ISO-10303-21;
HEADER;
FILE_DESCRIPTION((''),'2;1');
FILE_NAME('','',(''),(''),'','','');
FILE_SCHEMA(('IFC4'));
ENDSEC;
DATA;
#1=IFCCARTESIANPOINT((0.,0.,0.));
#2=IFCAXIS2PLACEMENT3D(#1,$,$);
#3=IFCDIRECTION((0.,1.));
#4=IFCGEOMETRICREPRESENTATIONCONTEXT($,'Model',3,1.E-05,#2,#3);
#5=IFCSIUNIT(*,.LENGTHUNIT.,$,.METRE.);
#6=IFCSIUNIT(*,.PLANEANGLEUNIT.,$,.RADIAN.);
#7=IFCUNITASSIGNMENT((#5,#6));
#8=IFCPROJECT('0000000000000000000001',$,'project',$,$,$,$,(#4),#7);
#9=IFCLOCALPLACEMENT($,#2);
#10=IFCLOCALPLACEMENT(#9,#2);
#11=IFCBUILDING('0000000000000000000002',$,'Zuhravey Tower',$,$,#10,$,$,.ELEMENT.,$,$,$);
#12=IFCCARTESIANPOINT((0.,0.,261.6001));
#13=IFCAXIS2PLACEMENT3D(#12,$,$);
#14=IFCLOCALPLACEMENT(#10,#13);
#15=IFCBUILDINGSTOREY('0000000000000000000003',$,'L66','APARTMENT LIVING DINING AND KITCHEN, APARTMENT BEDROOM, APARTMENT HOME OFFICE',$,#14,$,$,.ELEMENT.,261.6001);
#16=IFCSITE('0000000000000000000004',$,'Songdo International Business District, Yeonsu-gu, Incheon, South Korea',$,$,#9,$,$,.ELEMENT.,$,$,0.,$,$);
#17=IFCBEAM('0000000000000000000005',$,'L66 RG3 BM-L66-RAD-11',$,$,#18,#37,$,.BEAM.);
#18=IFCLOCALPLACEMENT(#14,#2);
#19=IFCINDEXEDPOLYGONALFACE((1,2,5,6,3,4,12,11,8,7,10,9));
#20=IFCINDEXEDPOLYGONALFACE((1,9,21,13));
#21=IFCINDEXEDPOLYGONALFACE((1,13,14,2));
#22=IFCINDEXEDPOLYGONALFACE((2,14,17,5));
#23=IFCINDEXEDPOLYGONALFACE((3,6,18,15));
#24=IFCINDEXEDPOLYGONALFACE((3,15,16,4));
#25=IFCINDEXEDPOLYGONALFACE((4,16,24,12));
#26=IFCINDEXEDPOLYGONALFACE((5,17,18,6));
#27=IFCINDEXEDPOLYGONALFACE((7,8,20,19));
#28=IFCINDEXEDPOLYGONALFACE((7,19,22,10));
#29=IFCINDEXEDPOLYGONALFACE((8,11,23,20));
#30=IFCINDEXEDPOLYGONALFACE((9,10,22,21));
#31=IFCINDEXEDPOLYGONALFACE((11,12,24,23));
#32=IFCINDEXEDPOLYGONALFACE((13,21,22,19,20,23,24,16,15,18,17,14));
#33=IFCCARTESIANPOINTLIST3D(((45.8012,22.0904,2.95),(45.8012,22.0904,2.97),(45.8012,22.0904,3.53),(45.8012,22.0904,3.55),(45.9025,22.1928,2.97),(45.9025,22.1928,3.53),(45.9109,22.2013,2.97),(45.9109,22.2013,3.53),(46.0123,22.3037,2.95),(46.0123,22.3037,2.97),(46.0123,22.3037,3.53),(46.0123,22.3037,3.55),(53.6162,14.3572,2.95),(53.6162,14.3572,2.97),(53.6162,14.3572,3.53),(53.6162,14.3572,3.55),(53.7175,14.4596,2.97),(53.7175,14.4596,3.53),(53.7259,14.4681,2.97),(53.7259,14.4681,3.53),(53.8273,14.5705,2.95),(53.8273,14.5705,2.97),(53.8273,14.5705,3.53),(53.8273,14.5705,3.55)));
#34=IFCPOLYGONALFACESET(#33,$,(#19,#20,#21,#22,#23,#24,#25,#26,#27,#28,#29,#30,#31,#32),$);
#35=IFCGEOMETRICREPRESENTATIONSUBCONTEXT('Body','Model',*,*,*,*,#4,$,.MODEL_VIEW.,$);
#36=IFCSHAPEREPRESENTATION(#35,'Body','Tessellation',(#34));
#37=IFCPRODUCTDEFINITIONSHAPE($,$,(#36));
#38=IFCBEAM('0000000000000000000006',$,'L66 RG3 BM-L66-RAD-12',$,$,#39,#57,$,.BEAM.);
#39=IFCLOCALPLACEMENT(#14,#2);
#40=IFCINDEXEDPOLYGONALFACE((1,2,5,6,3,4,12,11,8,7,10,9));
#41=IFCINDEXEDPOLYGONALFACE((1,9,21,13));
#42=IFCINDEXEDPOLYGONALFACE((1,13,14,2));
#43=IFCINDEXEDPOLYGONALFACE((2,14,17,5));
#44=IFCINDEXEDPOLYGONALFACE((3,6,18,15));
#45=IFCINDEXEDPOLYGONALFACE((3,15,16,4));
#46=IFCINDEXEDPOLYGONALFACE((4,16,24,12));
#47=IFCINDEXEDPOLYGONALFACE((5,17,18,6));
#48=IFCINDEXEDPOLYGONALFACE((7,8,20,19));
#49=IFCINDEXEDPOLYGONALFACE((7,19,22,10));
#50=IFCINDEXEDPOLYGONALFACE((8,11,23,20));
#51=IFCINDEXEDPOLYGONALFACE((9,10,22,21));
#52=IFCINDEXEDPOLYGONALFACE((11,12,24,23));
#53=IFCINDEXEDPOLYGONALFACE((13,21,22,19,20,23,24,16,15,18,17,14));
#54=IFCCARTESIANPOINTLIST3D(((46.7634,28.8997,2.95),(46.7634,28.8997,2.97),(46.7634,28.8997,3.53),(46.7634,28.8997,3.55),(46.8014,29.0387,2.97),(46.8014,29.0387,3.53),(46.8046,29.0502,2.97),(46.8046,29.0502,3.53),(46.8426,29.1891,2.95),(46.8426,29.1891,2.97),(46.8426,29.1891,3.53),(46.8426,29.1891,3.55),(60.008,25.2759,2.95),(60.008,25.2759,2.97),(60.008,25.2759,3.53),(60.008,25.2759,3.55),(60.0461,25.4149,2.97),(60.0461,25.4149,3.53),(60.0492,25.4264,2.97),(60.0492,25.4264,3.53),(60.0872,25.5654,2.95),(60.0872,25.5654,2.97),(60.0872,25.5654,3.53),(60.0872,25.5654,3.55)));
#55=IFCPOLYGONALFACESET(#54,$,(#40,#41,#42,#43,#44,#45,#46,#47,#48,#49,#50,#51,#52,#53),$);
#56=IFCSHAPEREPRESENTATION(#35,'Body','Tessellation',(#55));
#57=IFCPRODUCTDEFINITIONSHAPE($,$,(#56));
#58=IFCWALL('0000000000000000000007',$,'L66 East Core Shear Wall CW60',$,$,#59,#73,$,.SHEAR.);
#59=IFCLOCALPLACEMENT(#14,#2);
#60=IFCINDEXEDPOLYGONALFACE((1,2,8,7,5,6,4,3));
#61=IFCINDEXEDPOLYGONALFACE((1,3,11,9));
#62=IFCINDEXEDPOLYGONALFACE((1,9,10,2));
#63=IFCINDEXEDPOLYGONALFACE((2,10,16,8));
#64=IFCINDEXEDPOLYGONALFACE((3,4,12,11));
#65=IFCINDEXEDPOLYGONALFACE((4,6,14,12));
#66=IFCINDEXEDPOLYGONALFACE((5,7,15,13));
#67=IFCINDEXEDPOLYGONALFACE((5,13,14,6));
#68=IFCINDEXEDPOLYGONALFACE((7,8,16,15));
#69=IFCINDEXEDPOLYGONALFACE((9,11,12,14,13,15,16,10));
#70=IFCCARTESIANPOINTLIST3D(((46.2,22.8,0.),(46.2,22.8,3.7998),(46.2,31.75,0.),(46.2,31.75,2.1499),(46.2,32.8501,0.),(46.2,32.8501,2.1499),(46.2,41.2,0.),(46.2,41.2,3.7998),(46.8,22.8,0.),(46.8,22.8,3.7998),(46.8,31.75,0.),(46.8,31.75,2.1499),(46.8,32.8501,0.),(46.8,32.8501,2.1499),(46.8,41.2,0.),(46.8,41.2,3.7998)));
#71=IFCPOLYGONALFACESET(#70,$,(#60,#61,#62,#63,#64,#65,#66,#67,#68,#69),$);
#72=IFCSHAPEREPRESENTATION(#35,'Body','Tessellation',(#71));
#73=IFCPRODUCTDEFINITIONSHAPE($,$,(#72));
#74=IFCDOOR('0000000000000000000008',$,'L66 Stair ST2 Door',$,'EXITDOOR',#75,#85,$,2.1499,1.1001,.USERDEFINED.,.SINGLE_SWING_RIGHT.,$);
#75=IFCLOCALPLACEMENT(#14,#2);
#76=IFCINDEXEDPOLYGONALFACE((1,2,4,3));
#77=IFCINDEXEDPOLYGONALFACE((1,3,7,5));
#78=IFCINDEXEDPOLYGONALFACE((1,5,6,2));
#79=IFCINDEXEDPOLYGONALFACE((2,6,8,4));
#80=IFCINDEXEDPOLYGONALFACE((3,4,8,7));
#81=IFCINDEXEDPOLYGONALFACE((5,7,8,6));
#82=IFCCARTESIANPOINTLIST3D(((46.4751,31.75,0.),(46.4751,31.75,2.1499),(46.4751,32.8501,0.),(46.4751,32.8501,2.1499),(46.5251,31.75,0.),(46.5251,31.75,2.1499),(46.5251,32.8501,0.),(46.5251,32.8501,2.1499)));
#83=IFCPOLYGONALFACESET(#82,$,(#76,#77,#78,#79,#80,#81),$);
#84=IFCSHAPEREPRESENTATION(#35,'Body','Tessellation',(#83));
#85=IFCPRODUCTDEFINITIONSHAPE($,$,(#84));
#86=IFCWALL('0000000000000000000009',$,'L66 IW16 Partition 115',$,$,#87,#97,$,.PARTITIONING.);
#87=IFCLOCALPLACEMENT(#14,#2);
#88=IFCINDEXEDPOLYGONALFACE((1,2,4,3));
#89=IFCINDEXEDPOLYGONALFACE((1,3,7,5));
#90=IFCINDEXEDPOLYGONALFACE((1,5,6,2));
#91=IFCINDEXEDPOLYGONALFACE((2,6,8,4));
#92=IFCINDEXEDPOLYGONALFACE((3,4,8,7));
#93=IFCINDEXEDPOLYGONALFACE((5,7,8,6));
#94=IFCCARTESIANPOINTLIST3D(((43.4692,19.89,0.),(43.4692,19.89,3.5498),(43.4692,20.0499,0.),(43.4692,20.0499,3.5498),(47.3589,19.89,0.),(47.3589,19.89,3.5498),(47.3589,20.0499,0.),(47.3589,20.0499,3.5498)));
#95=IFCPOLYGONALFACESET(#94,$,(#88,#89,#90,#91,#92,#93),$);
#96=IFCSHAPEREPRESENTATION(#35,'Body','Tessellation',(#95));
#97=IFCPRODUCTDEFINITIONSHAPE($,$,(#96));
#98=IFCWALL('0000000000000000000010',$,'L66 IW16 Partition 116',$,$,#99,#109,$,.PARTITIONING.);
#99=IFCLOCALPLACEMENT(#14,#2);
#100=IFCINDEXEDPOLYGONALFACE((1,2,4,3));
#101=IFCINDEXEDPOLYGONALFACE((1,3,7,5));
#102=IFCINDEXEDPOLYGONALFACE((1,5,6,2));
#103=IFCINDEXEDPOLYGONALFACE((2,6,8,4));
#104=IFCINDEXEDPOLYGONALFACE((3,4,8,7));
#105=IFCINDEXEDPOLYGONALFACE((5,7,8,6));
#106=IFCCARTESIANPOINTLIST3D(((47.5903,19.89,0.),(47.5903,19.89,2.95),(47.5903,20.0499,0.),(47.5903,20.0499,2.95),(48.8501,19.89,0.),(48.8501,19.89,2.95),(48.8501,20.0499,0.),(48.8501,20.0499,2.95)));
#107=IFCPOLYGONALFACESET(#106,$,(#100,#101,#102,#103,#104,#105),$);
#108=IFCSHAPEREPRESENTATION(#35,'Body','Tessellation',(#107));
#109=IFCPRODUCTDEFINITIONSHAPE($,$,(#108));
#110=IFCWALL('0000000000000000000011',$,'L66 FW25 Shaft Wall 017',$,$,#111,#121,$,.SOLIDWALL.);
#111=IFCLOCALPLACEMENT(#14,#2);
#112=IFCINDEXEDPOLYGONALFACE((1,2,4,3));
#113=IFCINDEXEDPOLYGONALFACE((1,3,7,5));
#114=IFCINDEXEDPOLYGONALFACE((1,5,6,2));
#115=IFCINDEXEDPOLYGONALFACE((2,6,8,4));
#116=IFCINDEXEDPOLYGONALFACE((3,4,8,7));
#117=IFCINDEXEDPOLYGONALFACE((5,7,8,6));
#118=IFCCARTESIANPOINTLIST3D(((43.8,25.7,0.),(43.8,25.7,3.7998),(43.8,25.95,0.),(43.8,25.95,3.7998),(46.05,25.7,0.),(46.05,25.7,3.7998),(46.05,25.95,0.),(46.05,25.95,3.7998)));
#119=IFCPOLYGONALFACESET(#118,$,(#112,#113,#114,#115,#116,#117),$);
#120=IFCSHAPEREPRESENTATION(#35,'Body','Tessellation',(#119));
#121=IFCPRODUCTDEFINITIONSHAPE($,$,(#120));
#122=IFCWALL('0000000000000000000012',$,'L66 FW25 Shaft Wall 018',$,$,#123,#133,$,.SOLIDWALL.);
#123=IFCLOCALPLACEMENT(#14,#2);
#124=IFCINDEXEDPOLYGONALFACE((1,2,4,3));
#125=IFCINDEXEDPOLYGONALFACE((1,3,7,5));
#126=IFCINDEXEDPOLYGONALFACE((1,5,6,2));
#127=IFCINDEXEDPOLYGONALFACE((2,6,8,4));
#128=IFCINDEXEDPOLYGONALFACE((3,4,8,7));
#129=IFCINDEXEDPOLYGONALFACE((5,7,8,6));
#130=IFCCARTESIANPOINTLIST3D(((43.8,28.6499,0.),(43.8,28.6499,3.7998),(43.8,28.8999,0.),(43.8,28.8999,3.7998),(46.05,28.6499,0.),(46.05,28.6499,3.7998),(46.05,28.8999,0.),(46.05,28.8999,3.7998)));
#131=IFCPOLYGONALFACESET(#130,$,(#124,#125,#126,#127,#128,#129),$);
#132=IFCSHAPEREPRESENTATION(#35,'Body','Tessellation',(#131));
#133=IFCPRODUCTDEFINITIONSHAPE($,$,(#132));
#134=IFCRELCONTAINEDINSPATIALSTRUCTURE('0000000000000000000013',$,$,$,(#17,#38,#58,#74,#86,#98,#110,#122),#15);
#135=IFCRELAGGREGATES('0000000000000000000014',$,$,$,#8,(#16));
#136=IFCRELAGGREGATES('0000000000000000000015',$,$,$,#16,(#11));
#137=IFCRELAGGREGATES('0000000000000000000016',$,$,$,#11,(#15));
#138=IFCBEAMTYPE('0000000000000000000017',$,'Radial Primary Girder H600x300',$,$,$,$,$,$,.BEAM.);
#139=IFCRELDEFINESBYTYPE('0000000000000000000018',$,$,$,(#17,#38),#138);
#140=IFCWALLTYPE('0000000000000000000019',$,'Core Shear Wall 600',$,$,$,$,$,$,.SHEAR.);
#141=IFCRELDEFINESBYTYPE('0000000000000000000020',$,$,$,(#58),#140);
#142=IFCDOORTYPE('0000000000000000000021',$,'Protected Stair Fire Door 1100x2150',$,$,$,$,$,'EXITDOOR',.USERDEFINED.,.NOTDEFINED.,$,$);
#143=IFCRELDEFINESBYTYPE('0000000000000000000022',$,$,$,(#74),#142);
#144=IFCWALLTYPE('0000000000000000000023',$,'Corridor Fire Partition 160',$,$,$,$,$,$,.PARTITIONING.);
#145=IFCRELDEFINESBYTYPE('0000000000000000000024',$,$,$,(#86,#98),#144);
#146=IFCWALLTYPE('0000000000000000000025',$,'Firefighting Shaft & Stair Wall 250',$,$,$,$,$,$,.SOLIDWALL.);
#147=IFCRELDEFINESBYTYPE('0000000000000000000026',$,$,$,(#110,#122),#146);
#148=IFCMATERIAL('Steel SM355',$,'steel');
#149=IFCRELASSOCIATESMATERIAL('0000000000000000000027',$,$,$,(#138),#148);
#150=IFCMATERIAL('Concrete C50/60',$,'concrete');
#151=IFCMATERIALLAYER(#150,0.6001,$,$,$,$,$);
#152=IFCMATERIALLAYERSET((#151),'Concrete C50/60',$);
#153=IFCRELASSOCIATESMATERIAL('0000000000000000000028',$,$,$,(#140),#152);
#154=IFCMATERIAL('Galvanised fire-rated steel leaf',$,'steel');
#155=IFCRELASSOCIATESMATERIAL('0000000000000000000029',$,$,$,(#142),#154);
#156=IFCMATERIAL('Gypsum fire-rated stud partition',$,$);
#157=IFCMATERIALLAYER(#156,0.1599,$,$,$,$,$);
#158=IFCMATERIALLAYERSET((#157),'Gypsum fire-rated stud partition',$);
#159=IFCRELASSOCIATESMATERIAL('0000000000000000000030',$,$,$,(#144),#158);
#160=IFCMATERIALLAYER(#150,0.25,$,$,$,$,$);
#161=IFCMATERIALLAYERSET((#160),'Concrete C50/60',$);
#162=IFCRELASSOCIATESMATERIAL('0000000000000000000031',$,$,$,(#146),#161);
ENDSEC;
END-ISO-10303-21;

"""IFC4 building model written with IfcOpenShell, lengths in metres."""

from ifc_helpers import new_model, si_unit, direction, frame, frame_2d, origin, origin_2d, place, context, subcontext, project, spatial, rectangle, i_section, extrude, material, layer, layer_set, material_profile, profile_set, type_object, element, fill, save


model = new_model("IFC4")

# Units and contexts
model_context = context("Model", 3, precision=1e-05, world=origin(), true_north=direction((0.0, 1.0)))
body_context = subcontext(model_context, "Body", "Model", "MODEL_VIEW")
ifc_project = project(units=[si_unit("LENGTHUNIT", "METRE"), si_unit("PLANEANGLEUNIT", "RADIAN")], contexts=[model_context])

# Site, building, storey
site_placement = place(None, origin())
site = spatial("IfcSite", under=ifc_project, at=site_placement, Name="Songdo International Business District, Yeonsu-gu, Incheon, South Korea", CompositionType="ELEMENT", RefElevation=0.0)
building_placement = place(site_placement, origin())
building = spatial("IfcBuilding", under=site, at=building_placement, Name="Zuhravey Tower", CompositionType="ELEMENT")
storey_placement = place(building_placement, frame((0.0, 0.0, 261.6001)))
storey = spatial("IfcBuildingStorey", under=building, at=storey_placement, Name="L66", Description="APARTMENT LIVING DINING AND KITCHEN, APARTMENT BEDROOM, APARTMENT HOME OFFICE", CompositionType="ELEMENT", Elevation=261.6001)

# Beams
ifc_material_1 = material(Name="Steel SM355", Category="steel")
ifc_material_profile = material_profile(ifc_material_1, i_section(OverallWidth=0.3, OverallDepth=0.6001, WebThickness=0.012, FlangeThickness=0.02, at=origin_2d()), Name="H-600x300x12x20")
ifc_profile_set = profile_set([ifc_material_profile], Name="Steel SM355")
beam_type = type_object("IfcBeamType", Name="Radial Primary Girder H600x300", PredefinedType="BEAM", material=ifc_profile_set)
beam_1_placement = place(storey_placement, frame((45.9067, 22.197, 3.25), z_axis=(0.710817, -0.703377, 0.0), x_axis=(0.703377, 0.710817, 0.0)))
element("IfcBeam", 1, at=beam_1_placement, inside=storey, type_object=beam_type, Name="L66 RG3 BM-L66-RAD-11", PredefinedType="BEAM", context=body_context, shape_type="SweptSolid", body=[
    extrude(i_section(OverallWidth=0.3, OverallDepth=0.6001, WebThickness=0.012, FlangeThickness=0.02, at=origin_2d()), origin(), (0.0, 0.0, 1.0), 10.9944),
])
beam_2_placement = place(storey_placement, frame((46.803, 29.0444, 3.25), z_axis=(0.964549, -0.263904, 0.0), x_axis=(0.263904, 0.964549, 0.0)))
element("IfcBeam", 2, at=beam_2_placement, inside=storey, type_object=beam_type, Name="L66 RG3 BM-L66-RAD-12", PredefinedType="BEAM", context=body_context, shape_type="SweptSolid", body=[
    extrude(i_section(OverallWidth=0.3, OverallDepth=0.6001, WebThickness=0.012, FlangeThickness=0.02, at=origin_2d()), origin(), (0.0, 0.0, 1.0), 13.7314),
])

# Wall, opening, door
ifc_material_2 = material(Name="Concrete C50/60", Category="concrete")
ifc_layer_1 = layer(ifc_material_2, 0.6001)
ifc_layer_set_1 = layer_set([ifc_layer_1], Name="Concrete C50/60")
wall_type_1 = type_object("IfcWallType", Name="Core Shear Wall 600", PredefinedType="SHEAR", material=ifc_layer_set_1)
wall_1_placement = place(storey_placement, frame((46.5, 22.8, 0.0), z_axis=(0.0, 0.0, 1.0), x_axis=(0.0, 1.0, 0.0)))
wall_1 = element("IfcWall", 3, at=wall_1_placement, inside=storey, type_object=wall_type_1, Name="L66 East Core Shear Wall CW60", PredefinedType="SHEAR", context=body_context, shape_type="SweptSolid", body=[
    extrude(rectangle(XDim=18.3999, YDim=0.6001, at=frame_2d((9.2, 0.0))), origin(), (0.0, 0.0, 1.0), 3.7998),
])
opening_1_placement = place(wall_1_placement, frame((8.95, 0.0, 0.0)))
opening_1 = element("IfcOpeningElement", 4, at=opening_1_placement, cuts=wall_1, PredefinedType="OPENING", context=body_context, shape_type="SweptSolid", body=[
    extrude(rectangle(XDim=1.1001, YDim=2.1499, at=frame_2d((0.55, 1.075))), frame((0.0, 0.312, 0.0), z_axis=(0.0, -1.0, 0.0), x_axis=(1.0, 0.0, 0.0)), (0.0, 0.0, 1.0), 0.624),
])
ifc_material_3 = material(Name="Galvanised fire-rated steel leaf", Category="steel")
door_type_1 = type_object("IfcDoorType", Name="Protected Stair Fire Door 1100x2150", ElementType="EXITDOOR", OperationType="NOTDEFINED", PredefinedType="USERDEFINED", material=ifc_material_3)
door_1_placement = place(opening_1_placement, origin())
door_1 = element("IfcDoor", 5, at=door_1_placement, inside=storey, type_object=door_type_1, Name="L66 Stair ST2 Door", ObjectType="EXITDOOR", OperationType="SINGLE_SWING_RIGHT", OverallHeight=2.1499, OverallWidth=1.1001, PredefinedType="USERDEFINED", context=body_context, shape_type="SweptSolid", body=[
    extrude(rectangle(XDim=1.1001, YDim=2.1499, at=frame_2d((0.55, 1.075))), frame((0.0, 0.0249, 0.0), z_axis=(0.0, -1.0, 0.0), x_axis=(1.0, 0.0, 0.0)), (0.0, 0.0, 1.0), 0.05),
])
fill(opening_1, door_1)
ifc_material_4 = material(Name="Gypsum fire-rated stud partition")
ifc_layer_2 = layer(ifc_material_4, 0.1599)
ifc_layer_set_2 = layer_set([ifc_layer_2], Name="Gypsum fire-rated stud partition")
wall_type_2 = type_object("IfcWallType", Name="Corridor Fire Partition 160", PredefinedType="PARTITIONING", material=ifc_layer_set_2)

# Walls
wall_2_placement = place(storey_placement, frame((43.4692, 19.97, 0.0), z_axis=(0.0, 0.0, 1.0), x_axis=(1.0, 0.0, 0.0)))
element("IfcWall", 6, at=wall_2_placement, inside=storey, type_object=wall_type_2, Name="L66 IW16 Partition 115", PredefinedType="PARTITIONING", context=body_context, shape_type="SweptSolid", body=[
    extrude(rectangle(XDim=3.8896, YDim=0.1599, at=frame_2d((1.9448, 0.0))), origin(), (0.0, 0.0, 1.0), 3.5498),
])
wall_3_placement = place(storey_placement, frame((47.5903, 19.97, 0.0), z_axis=(0.0, 0.0, 1.0), x_axis=(1.0, 0.0, 0.0)))
element("IfcWall", 7, at=wall_3_placement, inside=storey, type_object=wall_type_2, Name="L66 IW16 Partition 116", PredefinedType="PARTITIONING", context=body_context, shape_type="SweptSolid", body=[
    extrude(rectangle(XDim=1.2598, YDim=0.1599, at=frame_2d((0.6299, 0.0))), origin(), (0.0, 0.0, 1.0), 2.95),
])
ifc_layer_3 = layer(ifc_material_2, 0.25)
ifc_layer_set_3 = layer_set([ifc_layer_3], Name="Concrete C50/60")
wall_type_3 = type_object("IfcWallType", Name="Firefighting Shaft & Stair Wall 250", PredefinedType="SOLIDWALL", material=ifc_layer_set_3)
for number, where, z_axis, x_axis, name in (
    (8, (43.8, 25.825, 0.0), (0.0, 0.0, 1.0), (1.0, 0.0, 0.0), "L66 FW25 Shaft Wall 017"),
    (9, (43.8, 28.7749, 0.0), (0.0, 0.0, 1.0), (1.0, 0.0, 0.0), "L66 FW25 Shaft Wall 018"),
):
    element("IfcWall", number, at=place(storey_placement, frame(where, z_axis=z_axis, x_axis=x_axis)), inside=storey, type_object=wall_type_3, Name=name, PredefinedType="SOLIDWALL", context=body_context, shape_type="SweptSolid", body=[
        extrude(rectangle(XDim=2.25, YDim=0.25, at=frame_2d((1.125, 0.0))), origin(), (0.0, 0.0, 1.0), 3.7998),
    ])

save(model, "model.ifc")
